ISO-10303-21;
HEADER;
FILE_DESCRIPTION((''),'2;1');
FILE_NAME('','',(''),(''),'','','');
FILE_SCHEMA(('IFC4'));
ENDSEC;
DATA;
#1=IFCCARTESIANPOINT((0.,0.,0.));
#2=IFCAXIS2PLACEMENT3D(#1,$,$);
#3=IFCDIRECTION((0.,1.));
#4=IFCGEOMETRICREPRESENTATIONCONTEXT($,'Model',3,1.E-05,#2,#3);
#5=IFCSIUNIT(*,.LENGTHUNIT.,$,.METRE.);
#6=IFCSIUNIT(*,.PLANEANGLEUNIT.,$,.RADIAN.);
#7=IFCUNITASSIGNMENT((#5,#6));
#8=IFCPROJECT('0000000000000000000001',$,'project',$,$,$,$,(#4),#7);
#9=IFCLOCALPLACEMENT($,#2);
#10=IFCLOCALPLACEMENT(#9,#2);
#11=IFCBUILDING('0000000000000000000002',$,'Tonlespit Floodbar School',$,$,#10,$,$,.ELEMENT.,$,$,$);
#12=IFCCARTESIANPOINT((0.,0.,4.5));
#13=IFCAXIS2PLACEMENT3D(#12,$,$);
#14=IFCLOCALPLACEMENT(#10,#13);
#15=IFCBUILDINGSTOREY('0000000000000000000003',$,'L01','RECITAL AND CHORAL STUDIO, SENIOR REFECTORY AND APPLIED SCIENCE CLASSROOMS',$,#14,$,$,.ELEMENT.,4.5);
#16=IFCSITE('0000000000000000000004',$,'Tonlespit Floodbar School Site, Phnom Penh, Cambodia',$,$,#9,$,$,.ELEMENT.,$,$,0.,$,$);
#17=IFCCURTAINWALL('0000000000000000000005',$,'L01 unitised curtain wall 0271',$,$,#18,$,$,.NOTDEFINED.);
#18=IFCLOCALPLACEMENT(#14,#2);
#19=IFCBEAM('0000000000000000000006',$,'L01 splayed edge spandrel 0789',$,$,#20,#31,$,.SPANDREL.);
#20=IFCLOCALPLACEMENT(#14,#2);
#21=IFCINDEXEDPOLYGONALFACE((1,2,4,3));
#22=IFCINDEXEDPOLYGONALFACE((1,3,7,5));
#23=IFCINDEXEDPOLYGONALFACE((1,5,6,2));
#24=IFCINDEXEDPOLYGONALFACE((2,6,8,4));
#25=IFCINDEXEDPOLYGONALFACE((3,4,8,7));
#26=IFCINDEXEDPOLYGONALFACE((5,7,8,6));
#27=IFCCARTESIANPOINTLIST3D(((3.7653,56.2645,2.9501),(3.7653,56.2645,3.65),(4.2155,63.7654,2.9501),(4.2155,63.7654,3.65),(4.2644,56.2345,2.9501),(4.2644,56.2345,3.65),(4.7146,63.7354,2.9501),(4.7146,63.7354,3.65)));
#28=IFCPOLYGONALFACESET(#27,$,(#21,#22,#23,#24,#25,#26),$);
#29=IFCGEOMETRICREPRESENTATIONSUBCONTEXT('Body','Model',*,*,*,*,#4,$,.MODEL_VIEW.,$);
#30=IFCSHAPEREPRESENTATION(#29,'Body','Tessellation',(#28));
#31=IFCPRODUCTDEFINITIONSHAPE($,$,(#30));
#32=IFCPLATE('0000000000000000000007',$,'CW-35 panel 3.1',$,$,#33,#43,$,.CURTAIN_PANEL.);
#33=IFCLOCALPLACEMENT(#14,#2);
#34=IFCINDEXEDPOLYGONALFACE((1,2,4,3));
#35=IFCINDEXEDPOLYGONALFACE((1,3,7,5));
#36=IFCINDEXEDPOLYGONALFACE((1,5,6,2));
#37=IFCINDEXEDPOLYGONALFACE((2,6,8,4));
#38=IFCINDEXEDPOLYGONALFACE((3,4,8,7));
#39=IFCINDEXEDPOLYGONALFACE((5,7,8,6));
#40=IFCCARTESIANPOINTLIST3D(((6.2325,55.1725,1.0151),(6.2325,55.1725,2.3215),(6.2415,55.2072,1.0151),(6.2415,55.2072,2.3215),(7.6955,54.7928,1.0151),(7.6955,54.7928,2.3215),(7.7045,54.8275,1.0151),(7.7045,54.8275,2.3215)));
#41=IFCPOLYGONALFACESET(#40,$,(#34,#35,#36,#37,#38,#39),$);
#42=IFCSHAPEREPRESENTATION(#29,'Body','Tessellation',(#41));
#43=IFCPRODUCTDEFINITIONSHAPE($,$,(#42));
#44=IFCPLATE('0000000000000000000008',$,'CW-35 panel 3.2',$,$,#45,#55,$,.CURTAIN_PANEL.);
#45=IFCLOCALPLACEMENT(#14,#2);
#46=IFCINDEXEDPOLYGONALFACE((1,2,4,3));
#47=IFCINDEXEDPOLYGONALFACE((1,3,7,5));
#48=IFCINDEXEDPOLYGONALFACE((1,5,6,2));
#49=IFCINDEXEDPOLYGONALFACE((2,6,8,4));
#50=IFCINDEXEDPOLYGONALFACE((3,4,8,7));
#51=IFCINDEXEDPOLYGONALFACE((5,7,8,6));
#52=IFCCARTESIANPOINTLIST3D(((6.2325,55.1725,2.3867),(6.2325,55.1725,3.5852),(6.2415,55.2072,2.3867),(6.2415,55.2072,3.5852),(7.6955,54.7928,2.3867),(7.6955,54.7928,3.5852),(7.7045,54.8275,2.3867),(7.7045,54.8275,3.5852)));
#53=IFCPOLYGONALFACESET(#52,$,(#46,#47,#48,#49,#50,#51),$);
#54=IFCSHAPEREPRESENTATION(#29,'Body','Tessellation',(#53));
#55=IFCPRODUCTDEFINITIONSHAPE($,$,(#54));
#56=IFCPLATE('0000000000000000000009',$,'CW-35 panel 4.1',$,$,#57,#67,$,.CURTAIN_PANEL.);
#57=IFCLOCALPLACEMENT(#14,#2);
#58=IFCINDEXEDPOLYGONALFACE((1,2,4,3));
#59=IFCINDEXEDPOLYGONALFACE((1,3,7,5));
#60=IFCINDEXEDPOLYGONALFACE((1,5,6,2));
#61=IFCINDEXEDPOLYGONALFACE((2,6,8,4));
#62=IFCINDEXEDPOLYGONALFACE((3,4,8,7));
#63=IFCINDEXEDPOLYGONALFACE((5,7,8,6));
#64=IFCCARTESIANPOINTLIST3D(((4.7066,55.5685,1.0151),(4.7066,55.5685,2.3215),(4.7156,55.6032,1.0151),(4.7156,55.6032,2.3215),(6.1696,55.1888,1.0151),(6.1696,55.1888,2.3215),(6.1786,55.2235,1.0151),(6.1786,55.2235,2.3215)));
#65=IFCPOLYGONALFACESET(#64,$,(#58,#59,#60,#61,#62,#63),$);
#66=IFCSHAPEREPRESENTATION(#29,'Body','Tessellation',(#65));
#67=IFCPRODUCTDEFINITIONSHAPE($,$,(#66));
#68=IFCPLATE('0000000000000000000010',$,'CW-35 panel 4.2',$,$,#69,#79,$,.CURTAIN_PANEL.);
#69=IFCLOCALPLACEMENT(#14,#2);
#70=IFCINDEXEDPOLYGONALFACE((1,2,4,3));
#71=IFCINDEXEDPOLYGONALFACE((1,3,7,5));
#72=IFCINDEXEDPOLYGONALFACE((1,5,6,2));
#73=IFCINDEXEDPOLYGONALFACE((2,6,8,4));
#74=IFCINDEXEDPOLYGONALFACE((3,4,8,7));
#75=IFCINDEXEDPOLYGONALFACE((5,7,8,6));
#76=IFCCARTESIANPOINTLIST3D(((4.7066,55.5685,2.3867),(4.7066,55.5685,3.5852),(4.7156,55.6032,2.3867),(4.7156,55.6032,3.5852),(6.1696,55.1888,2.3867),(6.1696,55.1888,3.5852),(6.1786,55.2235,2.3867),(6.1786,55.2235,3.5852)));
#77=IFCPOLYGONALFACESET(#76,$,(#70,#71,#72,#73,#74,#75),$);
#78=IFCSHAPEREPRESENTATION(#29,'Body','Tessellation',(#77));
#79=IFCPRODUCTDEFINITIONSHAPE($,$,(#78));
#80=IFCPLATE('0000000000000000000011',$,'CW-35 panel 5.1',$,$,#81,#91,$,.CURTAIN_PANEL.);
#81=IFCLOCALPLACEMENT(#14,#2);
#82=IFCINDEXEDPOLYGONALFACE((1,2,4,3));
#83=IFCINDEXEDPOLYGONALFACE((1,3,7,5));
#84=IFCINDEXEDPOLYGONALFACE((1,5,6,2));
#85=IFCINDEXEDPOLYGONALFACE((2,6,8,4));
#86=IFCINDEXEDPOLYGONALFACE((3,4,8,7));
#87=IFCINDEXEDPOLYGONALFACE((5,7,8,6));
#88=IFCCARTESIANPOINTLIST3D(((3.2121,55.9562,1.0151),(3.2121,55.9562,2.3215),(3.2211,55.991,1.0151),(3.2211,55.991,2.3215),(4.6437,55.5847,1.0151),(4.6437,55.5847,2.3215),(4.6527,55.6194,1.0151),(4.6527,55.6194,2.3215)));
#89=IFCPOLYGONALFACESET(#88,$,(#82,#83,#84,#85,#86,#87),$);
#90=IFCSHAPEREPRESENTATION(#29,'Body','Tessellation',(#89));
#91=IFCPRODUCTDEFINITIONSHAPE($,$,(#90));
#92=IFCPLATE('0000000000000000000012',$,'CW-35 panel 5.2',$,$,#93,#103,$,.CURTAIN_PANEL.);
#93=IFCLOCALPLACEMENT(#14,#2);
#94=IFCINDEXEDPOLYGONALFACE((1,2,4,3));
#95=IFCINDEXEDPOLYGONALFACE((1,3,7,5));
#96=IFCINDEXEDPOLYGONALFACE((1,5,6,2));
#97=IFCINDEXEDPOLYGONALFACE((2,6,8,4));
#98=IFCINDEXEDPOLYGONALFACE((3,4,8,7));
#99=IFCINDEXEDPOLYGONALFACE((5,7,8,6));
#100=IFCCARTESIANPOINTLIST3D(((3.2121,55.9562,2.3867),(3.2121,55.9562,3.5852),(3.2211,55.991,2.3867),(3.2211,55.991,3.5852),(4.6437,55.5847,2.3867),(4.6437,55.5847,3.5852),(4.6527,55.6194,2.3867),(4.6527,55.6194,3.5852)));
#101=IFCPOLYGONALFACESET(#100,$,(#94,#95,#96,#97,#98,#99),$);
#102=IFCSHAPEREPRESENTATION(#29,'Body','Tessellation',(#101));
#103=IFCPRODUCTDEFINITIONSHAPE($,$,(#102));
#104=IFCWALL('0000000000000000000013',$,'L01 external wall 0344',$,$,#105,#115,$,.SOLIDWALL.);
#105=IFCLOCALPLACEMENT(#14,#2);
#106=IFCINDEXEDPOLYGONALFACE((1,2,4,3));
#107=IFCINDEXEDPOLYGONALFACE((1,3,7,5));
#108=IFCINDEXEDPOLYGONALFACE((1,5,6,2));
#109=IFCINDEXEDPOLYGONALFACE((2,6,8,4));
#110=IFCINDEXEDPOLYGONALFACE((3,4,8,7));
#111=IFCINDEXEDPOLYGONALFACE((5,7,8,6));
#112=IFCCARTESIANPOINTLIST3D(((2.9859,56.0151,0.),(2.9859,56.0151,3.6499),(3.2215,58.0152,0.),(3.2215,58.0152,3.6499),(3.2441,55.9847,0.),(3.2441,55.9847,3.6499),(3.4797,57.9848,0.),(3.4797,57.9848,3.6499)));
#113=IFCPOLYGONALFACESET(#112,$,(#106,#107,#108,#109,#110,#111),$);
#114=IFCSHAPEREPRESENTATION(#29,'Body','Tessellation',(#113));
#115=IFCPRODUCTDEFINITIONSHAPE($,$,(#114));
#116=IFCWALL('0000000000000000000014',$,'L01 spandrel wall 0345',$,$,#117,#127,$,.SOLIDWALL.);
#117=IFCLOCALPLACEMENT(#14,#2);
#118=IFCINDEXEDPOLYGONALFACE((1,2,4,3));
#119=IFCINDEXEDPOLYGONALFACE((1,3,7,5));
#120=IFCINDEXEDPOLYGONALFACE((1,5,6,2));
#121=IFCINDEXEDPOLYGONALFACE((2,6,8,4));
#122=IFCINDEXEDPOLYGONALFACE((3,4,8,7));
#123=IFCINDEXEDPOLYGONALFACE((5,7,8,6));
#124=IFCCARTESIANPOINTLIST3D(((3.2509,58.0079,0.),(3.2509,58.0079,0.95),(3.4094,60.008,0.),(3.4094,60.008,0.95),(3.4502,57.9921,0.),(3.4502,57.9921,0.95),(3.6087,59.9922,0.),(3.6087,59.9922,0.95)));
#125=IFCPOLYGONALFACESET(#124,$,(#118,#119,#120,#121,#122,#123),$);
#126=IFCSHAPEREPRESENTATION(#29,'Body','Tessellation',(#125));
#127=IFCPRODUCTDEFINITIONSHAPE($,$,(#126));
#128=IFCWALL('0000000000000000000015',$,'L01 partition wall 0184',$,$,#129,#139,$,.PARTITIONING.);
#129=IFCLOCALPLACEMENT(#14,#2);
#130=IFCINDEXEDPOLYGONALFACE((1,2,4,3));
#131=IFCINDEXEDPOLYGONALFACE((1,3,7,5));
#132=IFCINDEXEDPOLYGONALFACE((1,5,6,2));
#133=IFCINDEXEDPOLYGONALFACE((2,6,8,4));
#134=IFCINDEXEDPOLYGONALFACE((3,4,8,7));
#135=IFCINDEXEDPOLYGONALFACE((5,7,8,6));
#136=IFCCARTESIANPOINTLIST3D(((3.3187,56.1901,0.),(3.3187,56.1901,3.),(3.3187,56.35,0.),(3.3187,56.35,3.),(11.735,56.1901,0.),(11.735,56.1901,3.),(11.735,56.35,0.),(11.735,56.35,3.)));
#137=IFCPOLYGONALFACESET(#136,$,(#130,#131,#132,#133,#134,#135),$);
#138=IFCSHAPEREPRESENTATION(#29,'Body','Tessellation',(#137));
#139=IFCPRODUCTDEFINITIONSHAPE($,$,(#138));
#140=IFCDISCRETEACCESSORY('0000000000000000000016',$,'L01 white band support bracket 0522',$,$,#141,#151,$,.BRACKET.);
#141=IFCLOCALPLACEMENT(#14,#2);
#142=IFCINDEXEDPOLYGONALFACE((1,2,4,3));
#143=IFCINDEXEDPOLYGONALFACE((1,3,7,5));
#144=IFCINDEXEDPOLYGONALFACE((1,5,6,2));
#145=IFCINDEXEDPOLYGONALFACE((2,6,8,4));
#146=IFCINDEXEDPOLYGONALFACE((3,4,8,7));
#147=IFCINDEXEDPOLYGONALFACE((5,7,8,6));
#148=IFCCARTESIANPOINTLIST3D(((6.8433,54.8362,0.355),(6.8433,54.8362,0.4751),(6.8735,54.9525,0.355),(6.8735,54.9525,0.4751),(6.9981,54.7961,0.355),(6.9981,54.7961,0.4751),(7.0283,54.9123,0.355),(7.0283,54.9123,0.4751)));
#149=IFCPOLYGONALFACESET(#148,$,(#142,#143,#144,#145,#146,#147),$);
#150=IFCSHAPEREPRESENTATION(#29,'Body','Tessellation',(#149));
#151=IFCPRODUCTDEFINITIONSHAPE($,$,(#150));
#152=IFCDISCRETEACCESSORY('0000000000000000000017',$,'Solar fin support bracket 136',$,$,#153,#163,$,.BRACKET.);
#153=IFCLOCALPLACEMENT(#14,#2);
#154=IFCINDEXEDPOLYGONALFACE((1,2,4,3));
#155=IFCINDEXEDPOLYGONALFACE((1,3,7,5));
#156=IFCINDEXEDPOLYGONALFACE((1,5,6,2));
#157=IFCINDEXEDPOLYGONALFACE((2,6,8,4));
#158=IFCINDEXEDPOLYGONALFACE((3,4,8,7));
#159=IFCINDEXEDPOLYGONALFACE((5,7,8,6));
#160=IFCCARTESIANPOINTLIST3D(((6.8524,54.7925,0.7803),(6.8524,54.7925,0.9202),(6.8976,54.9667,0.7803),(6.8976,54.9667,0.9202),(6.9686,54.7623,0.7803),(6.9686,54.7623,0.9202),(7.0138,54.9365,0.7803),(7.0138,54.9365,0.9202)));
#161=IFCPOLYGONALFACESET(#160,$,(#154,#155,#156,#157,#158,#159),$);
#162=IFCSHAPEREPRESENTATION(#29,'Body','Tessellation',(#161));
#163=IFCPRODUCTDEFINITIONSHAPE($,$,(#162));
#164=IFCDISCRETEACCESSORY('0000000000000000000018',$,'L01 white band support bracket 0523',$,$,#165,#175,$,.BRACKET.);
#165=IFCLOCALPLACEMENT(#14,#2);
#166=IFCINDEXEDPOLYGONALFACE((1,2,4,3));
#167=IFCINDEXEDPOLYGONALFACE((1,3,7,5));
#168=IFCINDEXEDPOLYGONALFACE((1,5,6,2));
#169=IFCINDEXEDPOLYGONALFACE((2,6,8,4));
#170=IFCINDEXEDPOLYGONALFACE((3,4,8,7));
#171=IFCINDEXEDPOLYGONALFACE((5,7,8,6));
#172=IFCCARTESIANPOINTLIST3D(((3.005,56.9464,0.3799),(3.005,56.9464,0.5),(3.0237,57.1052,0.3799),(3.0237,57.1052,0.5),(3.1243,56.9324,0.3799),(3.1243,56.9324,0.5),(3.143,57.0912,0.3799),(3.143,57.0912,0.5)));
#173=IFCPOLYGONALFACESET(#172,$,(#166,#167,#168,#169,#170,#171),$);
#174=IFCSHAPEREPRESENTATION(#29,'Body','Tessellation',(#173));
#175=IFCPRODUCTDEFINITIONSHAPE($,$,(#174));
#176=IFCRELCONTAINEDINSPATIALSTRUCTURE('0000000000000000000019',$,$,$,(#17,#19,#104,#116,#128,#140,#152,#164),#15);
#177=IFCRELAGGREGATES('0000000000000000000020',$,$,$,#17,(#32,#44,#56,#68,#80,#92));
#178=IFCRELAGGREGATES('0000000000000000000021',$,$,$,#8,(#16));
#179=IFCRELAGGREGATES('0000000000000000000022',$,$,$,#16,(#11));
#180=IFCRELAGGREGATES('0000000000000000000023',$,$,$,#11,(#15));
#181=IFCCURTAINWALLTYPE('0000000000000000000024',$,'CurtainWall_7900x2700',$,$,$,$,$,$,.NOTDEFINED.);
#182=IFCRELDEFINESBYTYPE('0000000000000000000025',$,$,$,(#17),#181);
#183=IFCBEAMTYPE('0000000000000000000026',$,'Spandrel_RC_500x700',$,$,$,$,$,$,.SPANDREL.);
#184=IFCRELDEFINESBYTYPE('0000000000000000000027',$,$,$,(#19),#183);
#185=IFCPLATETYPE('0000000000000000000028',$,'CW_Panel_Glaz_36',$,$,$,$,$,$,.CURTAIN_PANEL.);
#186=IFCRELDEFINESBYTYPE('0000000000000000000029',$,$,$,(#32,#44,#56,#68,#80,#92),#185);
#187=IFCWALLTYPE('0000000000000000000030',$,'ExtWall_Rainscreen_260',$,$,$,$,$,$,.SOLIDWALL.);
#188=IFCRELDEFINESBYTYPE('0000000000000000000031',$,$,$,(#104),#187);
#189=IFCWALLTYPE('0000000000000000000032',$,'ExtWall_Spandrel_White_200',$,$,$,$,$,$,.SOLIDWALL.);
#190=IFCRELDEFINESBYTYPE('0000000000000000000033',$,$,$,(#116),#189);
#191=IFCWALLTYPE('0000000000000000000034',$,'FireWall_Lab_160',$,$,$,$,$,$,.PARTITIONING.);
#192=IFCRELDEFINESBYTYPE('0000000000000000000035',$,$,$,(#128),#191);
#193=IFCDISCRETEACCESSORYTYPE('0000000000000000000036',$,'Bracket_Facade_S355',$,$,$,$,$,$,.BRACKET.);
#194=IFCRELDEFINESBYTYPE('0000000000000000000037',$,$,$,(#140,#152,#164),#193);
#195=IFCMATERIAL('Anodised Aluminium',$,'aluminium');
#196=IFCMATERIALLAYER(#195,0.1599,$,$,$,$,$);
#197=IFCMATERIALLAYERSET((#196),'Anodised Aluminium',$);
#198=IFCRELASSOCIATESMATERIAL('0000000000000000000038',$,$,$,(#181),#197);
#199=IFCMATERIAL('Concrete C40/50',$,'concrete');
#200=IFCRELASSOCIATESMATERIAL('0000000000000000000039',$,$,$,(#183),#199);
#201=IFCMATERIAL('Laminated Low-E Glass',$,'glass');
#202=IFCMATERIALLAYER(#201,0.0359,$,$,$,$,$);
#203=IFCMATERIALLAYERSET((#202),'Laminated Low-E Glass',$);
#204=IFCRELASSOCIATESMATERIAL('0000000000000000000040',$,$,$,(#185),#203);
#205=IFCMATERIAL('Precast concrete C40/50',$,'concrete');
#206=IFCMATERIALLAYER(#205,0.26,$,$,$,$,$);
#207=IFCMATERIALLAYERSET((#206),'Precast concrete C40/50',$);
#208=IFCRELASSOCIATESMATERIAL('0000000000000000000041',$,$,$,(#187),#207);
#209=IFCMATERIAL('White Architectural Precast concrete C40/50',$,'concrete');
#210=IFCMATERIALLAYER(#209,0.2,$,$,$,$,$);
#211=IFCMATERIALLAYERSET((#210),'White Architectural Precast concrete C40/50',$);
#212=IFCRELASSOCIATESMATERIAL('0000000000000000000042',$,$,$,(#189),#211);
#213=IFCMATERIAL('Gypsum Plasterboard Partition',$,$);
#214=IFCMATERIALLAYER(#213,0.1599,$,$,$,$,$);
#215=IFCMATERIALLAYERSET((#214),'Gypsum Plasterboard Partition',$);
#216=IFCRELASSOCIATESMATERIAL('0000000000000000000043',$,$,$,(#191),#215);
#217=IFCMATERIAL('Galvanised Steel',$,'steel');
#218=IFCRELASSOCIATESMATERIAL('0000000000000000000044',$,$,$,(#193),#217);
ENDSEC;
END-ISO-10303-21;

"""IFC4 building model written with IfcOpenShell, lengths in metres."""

from ifc_helpers import new_model, si_unit, direction, frame, frame_2d, origin, origin_2d, place, context, subcontext, project, spatial, rectangle, extrude, material, layer, layer_set, material_profile, profile_set, type_object, element, aggregate, save


model = new_model("IFC4")

# Units and contexts
model_context = context("Model", 3, precision=1e-05, world=origin(), true_north=direction((0.0, 1.0)))
body_context = subcontext(model_context, "Body", "Model", "MODEL_VIEW")
ifc_project = project(units=[si_unit("LENGTHUNIT", "METRE"), si_unit("PLANEANGLEUNIT", "RADIAN")], contexts=[model_context])

# Site, building, storey
site_placement = place(None, origin())
site = spatial("IfcSite", under=ifc_project, at=site_placement, Name="Tonlespit Floodbar School Site, Phnom Penh, Cambodia", CompositionType="ELEMENT", RefElevation=0.0)
building_placement = place(site_placement, origin())
building = spatial("IfcBuilding", under=site, at=building_placement, Name="Tonlespit Floodbar School", CompositionType="ELEMENT")
storey_placement = place(building_placement, frame((0.0, 0.0, 4.5)))
storey = spatial("IfcBuildingStorey", under=building, at=storey_placement, Name="L01", Description="RECITAL AND CHORAL STUDIO, SENIOR REFECTORY AND APPLIED SCIENCE CLASSROOMS", CompositionType="ELEMENT", Elevation=4.5)

# Shared definitions
ifc_material_1 = material(Name="Concrete C40/50", Category="concrete")

# Shared definitions
ifc_material_2 = material(Name="Anodised Aluminium", Category="aluminium")

# Curtain wall
ifc_layer_1 = layer(ifc_material_2, 0.1599)
ifc_layer_set_1 = layer_set([ifc_layer_1], Name="Anodised Aluminium")
curtain_wall_type_1 = type_object("IfcCurtainWallType", Name="CurtainWall_7900x2700", PredefinedType="NOTDEFINED", material=ifc_layer_set_1)
curtain_wall_1_placement = place(storey_placement, origin())
curtain_wall_1 = element("IfcCurtainWall", 1, at=curtain_wall_1_placement, inside=storey, type_object=curtain_wall_type_1, Name="L01 unitised curtain wall 0271", PredefinedType="NOTDEFINED")

# Beam
ifc_material_profile_1 = material_profile(ifc_material_1, rectangle(XDim=0.5, YDim=0.7, at=origin_2d()), Name="RC 500x700")
ifc_profile_set_1 = profile_set([ifc_material_profile_1], Name="Concrete C40/50")
beam_type_1 = type_object("IfcBeamType", Name="Spandrel_RC_500x700", PredefinedType="SPANDREL", material=ifc_profile_set_1)
beam_1_placement = place(storey_placement, frame((4.0149, 56.2495, 3.3), z_axis=(0.05991, 0.998204, 0.0), x_axis=(-0.998204, 0.05991, 0.0)))
element("IfcBeam", 2, at=beam_1_placement, inside=storey, type_object=beam_type_1, Name="L01 splayed edge spandrel 0789", PredefinedType="SPANDREL", context=body_context, shape_type="SweptSolid", body=[
    extrude(rectangle(XDim=0.5, YDim=0.7, at=origin_2d()), origin(), (0.0, 0.0, 1.0), 7.5144),
])

# Plates
ifc_material_3 = material(Name="Laminated Low-E Glass", Category="glass")
ifc_layer_2 = layer(ifc_material_3, 0.0359)
ifc_layer_set_2 = layer_set([ifc_layer_2], Name="Laminated Low-E Glass")
plate_type = type_object("IfcPlateType", Name="CW_Panel_Glaz_36", PredefinedType="CURTAIN_PANEL", material=ifc_layer_set_2)
plate_1_placement = place(storey_placement, frame((6.9685, 55.0, 1.0151), z_axis=(0.0, 0.0, 1.0), x_axis=(-0.967935, 0.251201, 0.0)))
plate_1 = element("IfcPlate", 3, at=plate_1_placement, type_object=plate_type, Name="CW-35 panel 3.1", PredefinedType="CURTAIN_PANEL", context=body_context, shape_type="SweptSolid", body=[
    extrude(rectangle(XDim=1.5115, YDim=0.0359, at=origin_2d()), origin(), (0.0, 0.0, 1.0), 1.3064),
])
plate_2_placement = place(storey_placement, frame((6.9685, 55.0, 2.3867), z_axis=(0.0, 0.0, 1.0), x_axis=(-0.967935, 0.251201, 0.0)))
plate_2 = element("IfcPlate", 4, at=plate_2_placement, type_object=plate_type, Name="CW-35 panel 3.2", PredefinedType="CURTAIN_PANEL", context=body_context, shape_type="SweptSolid", body=[
    extrude(rectangle(XDim=1.5115, YDim=0.0359, at=origin_2d()), origin(), (0.0, 0.0, 1.0), 1.1985),
])
plate_3_placement = place(storey_placement, frame((5.4426, 55.396, 1.0151), z_axis=(0.0, 0.0, 1.0), x_axis=(-0.967935, 0.251201, 0.0)))
plate_3 = element("IfcPlate", 5, at=plate_3_placement, type_object=plate_type, Name="CW-35 panel 4.1", PredefinedType="CURTAIN_PANEL", context=body_context, shape_type="SweptSolid", body=[
    extrude(rectangle(XDim=1.5115, YDim=0.0359, at=origin_2d()), origin(), (0.0, 0.0, 1.0), 1.3064),
])
plate_4_placement = place(storey_placement, frame((5.4426, 55.396, 2.3867), z_axis=(0.0, 0.0, 1.0), x_axis=(-0.967935, 0.251201, 0.0)))
plate_4 = element("IfcPlate", 6, at=plate_4_placement, type_object=plate_type, Name="CW-35 panel 4.2", PredefinedType="CURTAIN_PANEL", context=body_context, shape_type="SweptSolid", body=[
    extrude(rectangle(XDim=1.5115, YDim=0.0359, at=origin_2d()), origin(), (0.0, 0.0, 1.0), 1.1985),
])
plate_5_placement = place(storey_placement, frame((3.9324, 55.7878, 1.0151), z_axis=(0.0, 0.0, 1.0), x_axis=(-0.967935, 0.251201, 0.0)))
plate_5 = element("IfcPlate", 7, at=plate_5_placement, type_object=plate_type, Name="CW-35 panel 5.1", PredefinedType="CURTAIN_PANEL", context=body_context, shape_type="SweptSolid", body=[
    extrude(rectangle(XDim=1.479, YDim=0.0359, at=origin_2d()), origin(), (0.0, 0.0, 1.0), 1.3064),
])
plate_6_placement = place(storey_placement, frame((3.9324, 55.7878, 2.3867), z_axis=(0.0, 0.0, 1.0), x_axis=(-0.967935, 0.251201, 0.0)))
plate_6 = element("IfcPlate", 8, at=plate_6_placement, type_object=plate_type, Name="CW-35 panel 5.2", PredefinedType="CURTAIN_PANEL", context=body_context, shape_type="SweptSolid", body=[
    extrude(rectangle(XDim=1.479, YDim=0.0359, at=origin_2d()), origin(), (0.0, 0.0, 1.0), 1.1985),
])
aggregate(curtain_wall_1, [plate_1, plate_2, plate_3, plate_4, plate_5, plate_6])

# Walls
ifc_material_4 = material(Name="Precast concrete C40/50", Category="concrete")
ifc_layer_3 = layer(ifc_material_4, 0.26)
ifc_layer_set_3 = layer_set([ifc_layer_3], Name="Precast concrete C40/50")
wall_type_1 = type_object("IfcWallType", Name="ExtWall_Rainscreen_260", PredefinedType="SOLIDWALL", material=ifc_layer_set_3)
wall_1_placement = place(storey_placement, frame((3.115, 56.0, 0.0), z_axis=(0.0, 0.0, 1.0), x_axis=(0.116989, 0.993133, 0.0)))
element("IfcWall", 9, at=wall_1_placement, inside=storey, type_object=wall_type_1, Name="L01 external wall 0344", PredefinedType="SOLIDWALL", context=body_context, shape_type="SweptSolid", body=[
    extrude(rectangle(XDim=2.0139, YDim=0.26, at=frame_2d((1.0068, 0.0))), origin(), (0.0, 0.0, 1.0), 3.6499),
])
ifc_material_5 = material(Name="White Architectural Precast concrete C40/50", Category="concrete")
ifc_layer_4 = layer(ifc_material_5, 0.2)
ifc_layer_set_4 = layer_set([ifc_layer_4], Name="White Architectural Precast concrete C40/50")
wall_type_2 = type_object("IfcWallType", Name="ExtWall_Spandrel_White_200", PredefinedType="SOLIDWALL", material=ifc_layer_set_4)
wall_2_placement = place(storey_placement, frame((3.3506, 58.0, 0.0), z_axis=(0.0, 0.0, 1.0), x_axis=(0.078976, 0.996877, 0.0)))
element("IfcWall", 10, at=wall_2_placement, inside=storey, type_object=wall_type_2, Name="L01 spandrel wall 0345", PredefinedType="SOLIDWALL", context=body_context, shape_type="SweptSolid", body=[
    extrude(rectangle(XDim=2.0063, YDim=0.2, at=frame_2d((1.0032, 0.0))), origin(), (0.0, 0.0, 1.0), 0.95),
])
ifc_material_6 = material(Name="Gypsum Plasterboard Partition")
ifc_layer_5 = layer(ifc_material_6, 0.1599)
ifc_layer_set_5 = layer_set([ifc_layer_5], Name="Gypsum Plasterboard Partition")
wall_type_3 = type_object("IfcWallType", Name="FireWall_Lab_160", PredefinedType="PARTITIONING", material=ifc_layer_set_5)
wall_3_placement = place(storey_placement, frame((3.3188, 56.27, 0.0), z_axis=(0.0, 0.0, 1.0), x_axis=(1.0, 0.0, 0.0)))
element("IfcWall", 11, at=wall_3_placement, inside=storey, type_object=wall_type_3, Name="L01 partition wall 0184", PredefinedType="PARTITIONING", context=body_context, shape_type="SweptSolid", body=[
    extrude(rectangle(XDim=8.4163, YDim=0.1599, at=frame_2d((4.208, 0.0))), origin(), (0.0, 0.0, 1.0), 3.0),
])

# Discrete accessories
ifc_material_7 = material(Name="Galvanised Steel", Category="steel")
discrete_accessory_type = type_object("IfcDiscreteAccessoryType", Name="Bracket_Facade_S355", PredefinedType="BRACKET", material=ifc_material_7)
discrete_accessory_1_placement = place(storey_placement, frame((6.9358, 54.8743, 0.355), z_axis=(0.0, 0.0, 1.0), x_axis=(-0.967938, 0.251191, 0.0)))
element("IfcDiscreteAccessory", 12, at=discrete_accessory_1_placement, inside=storey, type_object=discrete_accessory_type, Name="L01 white band support bracket 0522", PredefinedType="BRACKET", context=body_context, shape_type="SweptSolid", body=[
    extrude(rectangle(XDim=0.1599, YDim=0.1201, at=origin_2d()), origin(), (0.0, 0.0, 1.0), 0.1201),
])
discrete_accessory_2_placement = place(storey_placement, frame((6.9331, 54.8645, 0.7803), z_axis=(0.0, 0.0, 1.0), x_axis=(-0.967938, 0.251191, 0.0)))
element("IfcDiscreteAccessory", 13, at=discrete_accessory_2_placement, inside=storey, type_object=discrete_accessory_type, Name="Solar fin support bracket 136", PredefinedType="BRACKET", context=body_context, shape_type="SweptSolid", body=[
    extrude(rectangle(XDim=0.1201, YDim=0.1799, at=origin_2d()), origin(), (0.0, 0.0, 1.0), 0.1399),
])
discrete_accessory_3_placement = place(storey_placement, frame((3.074, 57.0188, 0.3799), z_axis=(0.0, 0.0, 1.0), x_axis=(0.116991, 0.993133, 0.0)))
element("IfcDiscreteAccessory", 14, at=discrete_accessory_3_placement, inside=storey, type_object=discrete_accessory_type, Name="L01 white band support bracket 0523", PredefinedType="BRACKET", context=body_context, shape_type="SweptSolid", body=[
    extrude(rectangle(XDim=0.1599, YDim=0.1201, at=origin_2d()), origin(), (0.0, 0.0, 1.0), 0.1201),
])

save(model, "model.ifc")
